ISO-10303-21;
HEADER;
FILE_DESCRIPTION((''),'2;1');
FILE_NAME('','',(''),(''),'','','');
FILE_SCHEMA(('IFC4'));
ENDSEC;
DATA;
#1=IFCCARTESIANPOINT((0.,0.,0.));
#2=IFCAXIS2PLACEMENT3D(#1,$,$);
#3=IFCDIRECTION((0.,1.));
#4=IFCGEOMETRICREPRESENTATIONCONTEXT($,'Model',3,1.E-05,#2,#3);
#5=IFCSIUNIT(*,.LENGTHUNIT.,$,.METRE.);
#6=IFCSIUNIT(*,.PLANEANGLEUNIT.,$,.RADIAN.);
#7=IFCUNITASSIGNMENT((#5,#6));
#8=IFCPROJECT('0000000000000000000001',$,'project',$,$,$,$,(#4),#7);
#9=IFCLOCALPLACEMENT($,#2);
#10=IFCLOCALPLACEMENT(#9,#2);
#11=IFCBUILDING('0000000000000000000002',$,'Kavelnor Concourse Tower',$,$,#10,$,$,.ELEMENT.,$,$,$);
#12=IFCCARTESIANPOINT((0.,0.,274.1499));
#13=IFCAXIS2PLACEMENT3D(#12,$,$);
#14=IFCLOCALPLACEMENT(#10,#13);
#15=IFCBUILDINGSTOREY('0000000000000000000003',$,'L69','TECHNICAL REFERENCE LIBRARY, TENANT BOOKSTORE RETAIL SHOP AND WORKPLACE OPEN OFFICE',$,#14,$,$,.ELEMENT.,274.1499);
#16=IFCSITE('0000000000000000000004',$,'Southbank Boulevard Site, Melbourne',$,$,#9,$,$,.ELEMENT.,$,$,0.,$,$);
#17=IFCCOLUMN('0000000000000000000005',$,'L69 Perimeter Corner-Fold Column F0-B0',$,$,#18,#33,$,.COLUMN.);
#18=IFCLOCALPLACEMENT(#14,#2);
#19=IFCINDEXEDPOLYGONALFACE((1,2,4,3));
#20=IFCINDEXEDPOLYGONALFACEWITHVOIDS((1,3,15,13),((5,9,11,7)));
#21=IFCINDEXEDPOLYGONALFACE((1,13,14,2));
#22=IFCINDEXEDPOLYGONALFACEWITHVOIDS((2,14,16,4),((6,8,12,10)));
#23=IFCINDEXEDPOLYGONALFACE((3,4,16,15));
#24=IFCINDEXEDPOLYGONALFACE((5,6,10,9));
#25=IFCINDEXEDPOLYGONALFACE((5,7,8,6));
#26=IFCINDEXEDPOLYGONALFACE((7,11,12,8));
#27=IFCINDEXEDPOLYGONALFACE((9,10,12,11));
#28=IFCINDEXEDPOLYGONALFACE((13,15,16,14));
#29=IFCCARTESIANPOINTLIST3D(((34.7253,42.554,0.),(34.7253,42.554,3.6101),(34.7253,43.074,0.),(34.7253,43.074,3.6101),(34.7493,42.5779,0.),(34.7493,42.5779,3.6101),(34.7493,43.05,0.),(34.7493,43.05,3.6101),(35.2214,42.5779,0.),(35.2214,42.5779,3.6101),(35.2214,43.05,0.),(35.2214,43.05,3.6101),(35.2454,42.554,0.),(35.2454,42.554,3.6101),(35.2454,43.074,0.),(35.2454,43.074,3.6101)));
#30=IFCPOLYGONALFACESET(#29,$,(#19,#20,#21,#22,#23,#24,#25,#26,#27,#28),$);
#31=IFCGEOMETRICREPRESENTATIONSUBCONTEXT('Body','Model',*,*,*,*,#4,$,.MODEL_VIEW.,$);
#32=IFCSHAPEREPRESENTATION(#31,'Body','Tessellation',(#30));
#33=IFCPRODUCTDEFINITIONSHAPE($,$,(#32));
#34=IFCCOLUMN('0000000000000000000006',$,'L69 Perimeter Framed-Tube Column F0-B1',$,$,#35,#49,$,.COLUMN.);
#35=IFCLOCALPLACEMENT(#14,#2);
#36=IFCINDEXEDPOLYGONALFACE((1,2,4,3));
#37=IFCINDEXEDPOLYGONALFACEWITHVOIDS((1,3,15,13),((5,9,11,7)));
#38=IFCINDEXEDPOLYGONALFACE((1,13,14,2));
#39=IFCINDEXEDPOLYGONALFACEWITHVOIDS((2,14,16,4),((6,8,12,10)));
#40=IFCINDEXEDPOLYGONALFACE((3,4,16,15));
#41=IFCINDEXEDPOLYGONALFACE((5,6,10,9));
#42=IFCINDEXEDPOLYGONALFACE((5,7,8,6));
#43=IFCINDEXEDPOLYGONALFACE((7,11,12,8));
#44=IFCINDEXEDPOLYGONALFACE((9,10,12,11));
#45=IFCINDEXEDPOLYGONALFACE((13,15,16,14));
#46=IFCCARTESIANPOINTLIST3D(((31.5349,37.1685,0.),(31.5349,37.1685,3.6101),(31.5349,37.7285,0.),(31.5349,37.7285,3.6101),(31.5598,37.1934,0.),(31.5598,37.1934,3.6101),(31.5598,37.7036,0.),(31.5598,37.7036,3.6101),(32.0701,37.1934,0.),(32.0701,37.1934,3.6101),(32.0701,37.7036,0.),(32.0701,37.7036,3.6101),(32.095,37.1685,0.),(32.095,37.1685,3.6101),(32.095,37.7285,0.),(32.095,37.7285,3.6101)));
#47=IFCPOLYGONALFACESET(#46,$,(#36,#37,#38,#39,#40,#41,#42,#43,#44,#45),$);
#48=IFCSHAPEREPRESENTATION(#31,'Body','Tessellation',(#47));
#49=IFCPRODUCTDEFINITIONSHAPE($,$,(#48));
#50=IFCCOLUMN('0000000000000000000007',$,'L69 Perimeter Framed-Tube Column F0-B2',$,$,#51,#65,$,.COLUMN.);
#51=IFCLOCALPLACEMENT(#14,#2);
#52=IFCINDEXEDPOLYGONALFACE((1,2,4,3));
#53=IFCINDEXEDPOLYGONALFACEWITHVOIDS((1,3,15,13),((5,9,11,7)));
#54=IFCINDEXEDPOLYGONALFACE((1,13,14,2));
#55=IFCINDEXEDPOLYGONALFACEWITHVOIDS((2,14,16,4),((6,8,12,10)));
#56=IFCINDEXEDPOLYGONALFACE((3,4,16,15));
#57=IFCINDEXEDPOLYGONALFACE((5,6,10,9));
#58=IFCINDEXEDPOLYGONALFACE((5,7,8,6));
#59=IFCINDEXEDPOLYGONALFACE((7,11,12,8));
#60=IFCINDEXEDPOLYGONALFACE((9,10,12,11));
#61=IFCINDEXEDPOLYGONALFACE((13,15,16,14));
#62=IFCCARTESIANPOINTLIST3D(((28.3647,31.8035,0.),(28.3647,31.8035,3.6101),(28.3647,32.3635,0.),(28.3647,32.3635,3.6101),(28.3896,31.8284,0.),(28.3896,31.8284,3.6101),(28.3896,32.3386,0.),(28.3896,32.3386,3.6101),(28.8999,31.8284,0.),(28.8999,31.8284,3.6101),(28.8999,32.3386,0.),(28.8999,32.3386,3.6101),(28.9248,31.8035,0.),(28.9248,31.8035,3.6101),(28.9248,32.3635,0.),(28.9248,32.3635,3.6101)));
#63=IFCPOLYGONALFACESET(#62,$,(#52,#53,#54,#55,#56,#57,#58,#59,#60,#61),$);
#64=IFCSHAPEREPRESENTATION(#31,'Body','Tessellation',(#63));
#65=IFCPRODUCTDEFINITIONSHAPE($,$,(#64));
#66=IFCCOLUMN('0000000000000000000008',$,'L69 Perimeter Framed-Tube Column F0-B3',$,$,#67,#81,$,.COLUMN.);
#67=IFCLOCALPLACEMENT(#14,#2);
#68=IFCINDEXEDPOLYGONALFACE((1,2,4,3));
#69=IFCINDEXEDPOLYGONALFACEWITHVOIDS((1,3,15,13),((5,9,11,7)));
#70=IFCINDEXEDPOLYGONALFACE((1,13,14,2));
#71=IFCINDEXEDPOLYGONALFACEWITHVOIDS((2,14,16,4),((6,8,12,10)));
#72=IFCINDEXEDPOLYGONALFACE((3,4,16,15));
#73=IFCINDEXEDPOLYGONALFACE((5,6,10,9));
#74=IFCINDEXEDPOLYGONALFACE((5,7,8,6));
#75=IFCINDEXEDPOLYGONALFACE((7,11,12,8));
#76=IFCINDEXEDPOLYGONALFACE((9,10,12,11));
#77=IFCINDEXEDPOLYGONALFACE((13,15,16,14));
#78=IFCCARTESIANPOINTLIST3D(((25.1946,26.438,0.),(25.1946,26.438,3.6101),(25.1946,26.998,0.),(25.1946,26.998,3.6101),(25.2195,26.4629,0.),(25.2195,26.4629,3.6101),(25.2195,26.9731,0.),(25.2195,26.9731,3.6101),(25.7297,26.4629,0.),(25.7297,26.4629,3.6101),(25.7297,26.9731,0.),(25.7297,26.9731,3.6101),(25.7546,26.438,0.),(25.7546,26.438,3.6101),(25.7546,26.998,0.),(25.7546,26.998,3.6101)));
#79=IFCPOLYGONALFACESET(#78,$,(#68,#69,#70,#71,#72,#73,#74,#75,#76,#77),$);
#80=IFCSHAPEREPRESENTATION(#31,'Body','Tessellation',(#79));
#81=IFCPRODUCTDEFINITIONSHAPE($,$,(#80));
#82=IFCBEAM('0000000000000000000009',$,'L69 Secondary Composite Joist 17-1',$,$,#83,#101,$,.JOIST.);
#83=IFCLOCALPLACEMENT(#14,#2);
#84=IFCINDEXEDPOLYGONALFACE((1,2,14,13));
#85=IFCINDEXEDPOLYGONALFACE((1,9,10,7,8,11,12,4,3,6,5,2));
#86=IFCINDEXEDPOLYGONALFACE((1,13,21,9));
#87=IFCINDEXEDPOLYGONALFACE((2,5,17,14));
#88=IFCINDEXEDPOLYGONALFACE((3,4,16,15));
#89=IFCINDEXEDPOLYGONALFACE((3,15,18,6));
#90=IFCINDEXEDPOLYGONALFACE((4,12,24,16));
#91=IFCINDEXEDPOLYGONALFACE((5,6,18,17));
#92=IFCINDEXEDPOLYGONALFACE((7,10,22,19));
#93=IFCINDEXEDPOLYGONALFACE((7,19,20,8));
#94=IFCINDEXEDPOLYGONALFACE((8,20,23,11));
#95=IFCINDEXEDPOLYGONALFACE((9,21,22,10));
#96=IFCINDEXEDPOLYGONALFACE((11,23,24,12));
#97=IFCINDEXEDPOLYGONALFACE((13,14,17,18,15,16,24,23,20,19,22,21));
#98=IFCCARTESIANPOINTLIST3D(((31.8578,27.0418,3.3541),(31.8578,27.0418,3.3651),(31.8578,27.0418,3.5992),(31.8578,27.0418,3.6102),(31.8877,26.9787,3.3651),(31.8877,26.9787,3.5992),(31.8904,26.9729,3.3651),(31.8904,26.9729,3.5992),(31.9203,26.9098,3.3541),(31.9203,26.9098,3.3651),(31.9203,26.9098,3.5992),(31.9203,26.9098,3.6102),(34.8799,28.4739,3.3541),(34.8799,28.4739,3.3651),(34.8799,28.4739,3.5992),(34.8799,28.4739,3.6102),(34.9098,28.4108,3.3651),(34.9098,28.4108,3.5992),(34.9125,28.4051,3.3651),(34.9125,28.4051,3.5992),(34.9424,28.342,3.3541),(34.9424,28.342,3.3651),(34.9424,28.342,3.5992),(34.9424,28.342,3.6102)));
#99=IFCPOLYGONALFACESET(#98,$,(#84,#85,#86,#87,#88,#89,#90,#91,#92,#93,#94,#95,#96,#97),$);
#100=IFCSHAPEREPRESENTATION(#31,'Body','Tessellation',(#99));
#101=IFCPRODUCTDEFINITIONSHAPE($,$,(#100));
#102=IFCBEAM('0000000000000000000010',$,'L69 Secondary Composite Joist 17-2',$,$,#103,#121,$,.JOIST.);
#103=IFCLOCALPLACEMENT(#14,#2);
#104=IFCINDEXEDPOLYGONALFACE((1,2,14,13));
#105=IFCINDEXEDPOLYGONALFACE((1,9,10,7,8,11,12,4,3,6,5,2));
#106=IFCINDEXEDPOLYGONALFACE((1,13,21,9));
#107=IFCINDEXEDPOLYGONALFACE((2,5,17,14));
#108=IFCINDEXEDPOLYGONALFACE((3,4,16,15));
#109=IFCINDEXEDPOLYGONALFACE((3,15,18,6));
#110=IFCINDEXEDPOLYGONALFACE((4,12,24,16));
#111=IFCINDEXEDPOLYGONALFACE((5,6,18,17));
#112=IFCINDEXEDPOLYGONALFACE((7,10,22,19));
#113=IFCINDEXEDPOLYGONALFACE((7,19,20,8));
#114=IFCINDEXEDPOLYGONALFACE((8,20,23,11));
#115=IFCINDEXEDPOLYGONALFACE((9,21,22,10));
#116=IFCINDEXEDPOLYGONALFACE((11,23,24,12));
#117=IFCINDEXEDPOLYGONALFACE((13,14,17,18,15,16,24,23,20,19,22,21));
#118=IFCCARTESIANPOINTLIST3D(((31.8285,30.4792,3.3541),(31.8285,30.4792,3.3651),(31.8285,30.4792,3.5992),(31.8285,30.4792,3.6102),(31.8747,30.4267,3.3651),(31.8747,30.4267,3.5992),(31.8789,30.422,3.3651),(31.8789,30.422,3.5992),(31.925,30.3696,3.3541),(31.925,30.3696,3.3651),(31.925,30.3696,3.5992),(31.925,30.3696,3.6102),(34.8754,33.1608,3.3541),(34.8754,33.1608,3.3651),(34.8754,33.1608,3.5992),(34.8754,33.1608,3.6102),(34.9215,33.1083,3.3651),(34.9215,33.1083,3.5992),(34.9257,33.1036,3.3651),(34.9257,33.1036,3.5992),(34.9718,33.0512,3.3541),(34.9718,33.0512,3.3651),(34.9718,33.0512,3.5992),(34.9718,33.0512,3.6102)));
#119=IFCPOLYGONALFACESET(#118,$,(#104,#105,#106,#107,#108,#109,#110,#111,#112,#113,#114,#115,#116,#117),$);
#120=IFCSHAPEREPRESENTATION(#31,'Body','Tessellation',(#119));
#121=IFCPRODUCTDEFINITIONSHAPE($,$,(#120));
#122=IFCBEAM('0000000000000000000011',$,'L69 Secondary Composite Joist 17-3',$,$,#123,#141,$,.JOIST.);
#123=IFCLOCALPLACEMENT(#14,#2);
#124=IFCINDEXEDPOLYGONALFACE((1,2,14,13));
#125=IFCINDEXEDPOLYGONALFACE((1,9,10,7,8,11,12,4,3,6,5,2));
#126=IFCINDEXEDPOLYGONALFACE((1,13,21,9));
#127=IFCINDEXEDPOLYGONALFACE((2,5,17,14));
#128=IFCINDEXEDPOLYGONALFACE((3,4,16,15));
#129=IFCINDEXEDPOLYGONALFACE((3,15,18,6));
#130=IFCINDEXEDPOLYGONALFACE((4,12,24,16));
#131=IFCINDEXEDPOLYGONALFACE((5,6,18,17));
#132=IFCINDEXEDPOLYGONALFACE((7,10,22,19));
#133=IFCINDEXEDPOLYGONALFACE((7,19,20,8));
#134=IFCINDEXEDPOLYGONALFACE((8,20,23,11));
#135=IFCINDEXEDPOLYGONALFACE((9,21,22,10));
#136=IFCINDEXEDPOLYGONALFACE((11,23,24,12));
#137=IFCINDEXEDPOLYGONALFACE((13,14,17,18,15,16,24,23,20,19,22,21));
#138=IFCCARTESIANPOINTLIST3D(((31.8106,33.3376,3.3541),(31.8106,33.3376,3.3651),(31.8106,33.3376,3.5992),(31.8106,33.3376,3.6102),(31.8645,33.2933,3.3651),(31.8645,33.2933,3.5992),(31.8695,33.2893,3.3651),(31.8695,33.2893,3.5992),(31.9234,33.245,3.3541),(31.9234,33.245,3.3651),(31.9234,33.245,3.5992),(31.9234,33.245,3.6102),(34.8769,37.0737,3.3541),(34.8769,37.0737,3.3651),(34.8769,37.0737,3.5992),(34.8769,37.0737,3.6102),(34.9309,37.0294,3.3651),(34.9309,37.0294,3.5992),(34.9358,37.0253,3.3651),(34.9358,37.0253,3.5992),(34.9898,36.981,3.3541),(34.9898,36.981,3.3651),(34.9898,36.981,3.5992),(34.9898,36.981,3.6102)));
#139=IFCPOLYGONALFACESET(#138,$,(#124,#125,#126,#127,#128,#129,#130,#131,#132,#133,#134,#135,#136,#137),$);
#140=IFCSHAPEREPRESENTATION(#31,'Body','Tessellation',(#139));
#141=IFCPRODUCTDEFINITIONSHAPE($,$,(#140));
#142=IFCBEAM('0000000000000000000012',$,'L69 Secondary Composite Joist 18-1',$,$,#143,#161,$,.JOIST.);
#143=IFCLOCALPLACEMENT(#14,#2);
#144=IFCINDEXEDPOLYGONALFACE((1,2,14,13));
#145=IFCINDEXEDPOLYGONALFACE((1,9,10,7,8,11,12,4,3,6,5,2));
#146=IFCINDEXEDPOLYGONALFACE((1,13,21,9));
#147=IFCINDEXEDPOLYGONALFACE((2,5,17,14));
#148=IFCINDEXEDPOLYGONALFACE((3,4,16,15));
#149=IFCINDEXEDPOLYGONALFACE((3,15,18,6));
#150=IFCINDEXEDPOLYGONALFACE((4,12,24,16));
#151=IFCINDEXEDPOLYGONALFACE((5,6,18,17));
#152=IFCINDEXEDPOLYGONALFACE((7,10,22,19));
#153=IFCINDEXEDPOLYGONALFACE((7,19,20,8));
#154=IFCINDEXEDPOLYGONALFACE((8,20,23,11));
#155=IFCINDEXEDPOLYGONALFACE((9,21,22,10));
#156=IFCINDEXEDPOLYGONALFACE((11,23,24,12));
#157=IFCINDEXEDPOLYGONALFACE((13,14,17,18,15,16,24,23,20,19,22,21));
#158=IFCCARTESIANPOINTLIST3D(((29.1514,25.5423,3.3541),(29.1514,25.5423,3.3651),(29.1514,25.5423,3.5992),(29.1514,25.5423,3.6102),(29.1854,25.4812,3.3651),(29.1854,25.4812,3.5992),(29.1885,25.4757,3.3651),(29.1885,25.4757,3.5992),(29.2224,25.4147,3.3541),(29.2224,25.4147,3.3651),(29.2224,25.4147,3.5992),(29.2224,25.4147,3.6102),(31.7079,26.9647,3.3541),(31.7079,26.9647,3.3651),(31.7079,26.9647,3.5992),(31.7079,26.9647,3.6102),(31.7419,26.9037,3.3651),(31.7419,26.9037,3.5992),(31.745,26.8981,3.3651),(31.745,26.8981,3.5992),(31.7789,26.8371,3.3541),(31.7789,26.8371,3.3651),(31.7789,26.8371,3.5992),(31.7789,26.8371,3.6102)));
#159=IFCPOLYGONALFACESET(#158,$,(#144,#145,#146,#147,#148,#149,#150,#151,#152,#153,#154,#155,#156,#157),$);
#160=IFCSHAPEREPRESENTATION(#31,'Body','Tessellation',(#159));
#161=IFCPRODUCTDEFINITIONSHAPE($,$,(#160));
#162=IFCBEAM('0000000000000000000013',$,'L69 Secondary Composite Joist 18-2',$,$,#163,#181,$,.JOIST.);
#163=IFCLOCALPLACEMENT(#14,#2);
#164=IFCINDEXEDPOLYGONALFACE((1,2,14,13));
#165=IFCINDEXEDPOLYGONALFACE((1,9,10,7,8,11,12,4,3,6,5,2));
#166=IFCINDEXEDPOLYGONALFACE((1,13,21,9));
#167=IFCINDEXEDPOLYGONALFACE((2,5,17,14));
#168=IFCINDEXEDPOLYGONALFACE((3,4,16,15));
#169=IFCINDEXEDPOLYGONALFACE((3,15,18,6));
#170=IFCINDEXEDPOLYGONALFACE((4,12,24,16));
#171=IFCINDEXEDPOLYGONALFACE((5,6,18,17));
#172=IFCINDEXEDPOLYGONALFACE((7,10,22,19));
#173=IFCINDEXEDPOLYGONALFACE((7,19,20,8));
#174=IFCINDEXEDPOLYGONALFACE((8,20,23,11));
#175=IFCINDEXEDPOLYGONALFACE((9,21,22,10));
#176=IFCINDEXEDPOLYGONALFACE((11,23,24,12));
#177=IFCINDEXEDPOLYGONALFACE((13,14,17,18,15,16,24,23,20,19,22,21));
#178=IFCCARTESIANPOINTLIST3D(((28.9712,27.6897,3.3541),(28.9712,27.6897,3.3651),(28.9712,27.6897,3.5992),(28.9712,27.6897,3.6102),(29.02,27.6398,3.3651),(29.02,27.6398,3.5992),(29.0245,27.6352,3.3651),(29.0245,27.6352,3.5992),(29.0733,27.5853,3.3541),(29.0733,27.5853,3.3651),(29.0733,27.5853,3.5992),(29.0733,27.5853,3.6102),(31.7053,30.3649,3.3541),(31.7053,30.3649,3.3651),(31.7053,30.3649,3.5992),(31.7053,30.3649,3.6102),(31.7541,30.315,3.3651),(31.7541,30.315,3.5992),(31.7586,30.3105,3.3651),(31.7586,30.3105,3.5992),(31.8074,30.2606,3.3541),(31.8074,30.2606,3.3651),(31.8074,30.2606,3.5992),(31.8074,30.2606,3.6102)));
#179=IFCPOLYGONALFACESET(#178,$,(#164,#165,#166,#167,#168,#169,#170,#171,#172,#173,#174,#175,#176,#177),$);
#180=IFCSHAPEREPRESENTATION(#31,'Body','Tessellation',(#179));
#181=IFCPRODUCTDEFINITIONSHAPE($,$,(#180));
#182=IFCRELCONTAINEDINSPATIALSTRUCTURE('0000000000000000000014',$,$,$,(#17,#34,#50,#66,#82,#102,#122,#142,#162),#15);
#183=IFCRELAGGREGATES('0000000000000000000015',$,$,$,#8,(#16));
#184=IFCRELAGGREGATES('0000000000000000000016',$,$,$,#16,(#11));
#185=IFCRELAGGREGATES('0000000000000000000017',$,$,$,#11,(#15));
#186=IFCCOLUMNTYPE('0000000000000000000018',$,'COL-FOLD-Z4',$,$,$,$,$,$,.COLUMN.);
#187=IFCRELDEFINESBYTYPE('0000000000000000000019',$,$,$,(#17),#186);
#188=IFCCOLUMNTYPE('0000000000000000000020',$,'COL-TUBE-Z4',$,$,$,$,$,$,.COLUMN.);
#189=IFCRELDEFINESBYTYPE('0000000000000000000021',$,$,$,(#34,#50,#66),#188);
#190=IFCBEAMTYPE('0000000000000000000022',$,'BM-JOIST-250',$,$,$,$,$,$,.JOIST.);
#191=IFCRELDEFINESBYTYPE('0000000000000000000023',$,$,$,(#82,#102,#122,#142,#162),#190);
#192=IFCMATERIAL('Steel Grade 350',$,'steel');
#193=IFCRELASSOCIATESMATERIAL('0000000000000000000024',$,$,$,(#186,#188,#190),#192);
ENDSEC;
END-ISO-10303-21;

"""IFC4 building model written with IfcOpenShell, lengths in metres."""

from ifc_helpers import new_model, si_unit, direction, frame, origin, origin_2d, place, context, subcontext, project, spatial, hollow_rectangle, i_section, extrude, material, material_profile, profile_set, type_object, element, save


model = new_model("IFC4")

# Units and contexts
model_context = context("Model", 3, precision=1e-05, world=origin(), true_north=direction((0.0, 1.0)))
body_context = subcontext(model_context, "Body", "Model", "MODEL_VIEW")
ifc_project = project(units=[si_unit("LENGTHUNIT", "METRE"), si_unit("PLANEANGLEUNIT", "RADIAN")], contexts=[model_context])

# Site, building, storey
site_placement = place(None, origin())
site = spatial("IfcSite", under=ifc_project, at=site_placement, Name="Southbank Boulevard Site, Melbourne", CompositionType="ELEMENT", RefElevation=0.0)
building_placement = place(site_placement, origin())
building = spatial("IfcBuilding", under=site, at=building_placement, Name="Kavelnor Concourse Tower", CompositionType="ELEMENT")
storey_placement = place(building_placement, frame((0.0, 0.0, 274.1499)))
storey = spatial("IfcBuildingStorey", under=building, at=storey_placement, Name="L69", Description="TECHNICAL REFERENCE LIBRARY, TENANT BOOKSTORE RETAIL SHOP AND WORKPLACE OPEN OFFICE", CompositionType="ELEMENT", Elevation=274.1499)

# Columns
ifc_material_1 = material(Name="Steel Grade 350", Category="steel")
ifc_material_profile_1 = material_profile(ifc_material_1, hollow_rectangle(XDim=0.52, YDim=0.52, WallThickness=0.0239, at=origin_2d()), Name="SHS 520x520x24")
ifc_profile_set_1 = profile_set([ifc_material_profile_1], Name="Steel Grade 350")
column_type_1 = type_object("IfcColumnType", Name="COL-FOLD-Z4", PredefinedType="COLUMN", material=ifc_profile_set_1)
column_placement = place(storey_placement, frame((34.9854, 42.814, 0.0), z_axis=(0.0, 0.0, 1.0), x_axis=(1.0, 0.0, 0.0)))
element("IfcColumn", 1, at=column_placement, inside=storey, type_object=column_type_1, Name="L69 Perimeter Corner-Fold Column F0-B0", PredefinedType="COLUMN", context=body_context, shape_type="SweptSolid", body=[
    extrude(hollow_rectangle(XDim=0.52, YDim=0.52, WallThickness=0.0239, at=origin_2d()), origin(), (0.0, 0.0, 1.0), 3.6101),
])
ifc_material_profile_2 = material_profile(ifc_material_1, hollow_rectangle(XDim=0.5601, YDim=0.5601, WallThickness=0.0249, at=origin_2d()), Name="SHS 560x560x25")
ifc_profile_set_2 = profile_set([ifc_material_profile_2], Name="Steel Grade 350")
column_type_2 = type_object("IfcColumnType", Name="COL-TUBE-Z4", PredefinedType="COLUMN", material=ifc_profile_set_2)
for number, where, z_axis, x_axis, name in (
    (2, (31.8149, 37.4485, 0.0), (0.0, 0.0, 1.0), (1.0, 0.0, 0.0), "L69 Perimeter Framed-Tube Column F0-B1"),
    (3, (28.6448, 32.0835, 0.0), (0.0, 0.0, 1.0), (1.0, 0.0, 0.0), "L69 Perimeter Framed-Tube Column F0-B2"),
    (4, (25.4746, 26.718, 0.0), (0.0, 0.0, 1.0), (1.0, 0.0, 0.0), "L69 Perimeter Framed-Tube Column F0-B3"),
):
    element("IfcColumn", number, at=place(storey_placement, frame(where, z_axis=z_axis, x_axis=x_axis)), inside=storey, type_object=column_type_2, Name=name, PredefinedType="COLUMN", context=body_context, shape_type="SweptSolid", body=[
        extrude(hollow_rectangle(XDim=0.5601, YDim=0.5601, WallThickness=0.0249, at=origin_2d()), origin(), (0.0, 0.0, 1.0), 3.6101),
    ])

# Beams
ifc_material_profile_3 = material_profile(ifc_material_1, i_section(OverallWidth=0.146, OverallDepth=0.2561, WebThickness=0.0063, FlangeThickness=0.011, at=origin_2d()), Name="250UB37")
ifc_profile_set_3 = profile_set([ifc_material_profile_3], Name="Steel Grade 350")
beam_type_1 = type_object("IfcBeamType", Name="BM-JOIST-250", PredefinedType="JOIST", material=ifc_profile_set_3)
beam_1_placement = place(storey_placement, frame((34.9111, 28.408, 3.4822), z_axis=(-0.903661, -0.42825, 0.0), x_axis=(0.42825, -0.903661, 0.0)))
element("IfcBeam", 5, at=beam_1_placement, inside=storey, type_object=beam_type_1, Name="L69 Secondary Composite Joist 17-1", PredefinedType="JOIST", context=body_context, shape_type="SweptSolid", body=[
    extrude(i_section(OverallWidth=0.146, OverallDepth=0.2561, WebThickness=0.0063, FlangeThickness=0.011, at=origin_2d()), origin(), (0.0, 0.0, 1.0), 3.3442),
])
beam_2_placement = place(storey_placement, frame((34.9236, 33.106, 3.4822), z_axis=(-0.750666, -0.660682, 0.0), x_axis=(0.660682, -0.750666, 0.0)))
element("IfcBeam", 6, at=beam_2_placement, inside=storey, type_object=beam_type_1, Name="L69 Secondary Composite Joist 17-2", PredefinedType="JOIST", context=body_context, shape_type="SweptSolid", body=[
    extrude(i_section(OverallWidth=0.146, OverallDepth=0.2561, WebThickness=0.0063, FlangeThickness=0.011, at=origin_2d()), origin(), (0.0, 0.0, 1.0), 4.0588),
])
beam_3_placement = place(storey_placement, frame((34.9333, 37.0273, 3.4822), z_axis=(-0.634428, -0.772982, 0.0), x_axis=(0.772982, -0.634428, 0.0)))
element("IfcBeam", 7, at=beam_3_placement, inside=storey, type_object=beam_type_1, Name="L69 Secondary Composite Joist 17-3", PredefinedType="JOIST", context=body_context, shape_type="SweptSolid", body=[
    extrude(i_section(OverallWidth=0.146, OverallDepth=0.2561, WebThickness=0.0063, FlangeThickness=0.011, at=origin_2d()), origin(), (0.0, 0.0, 1.0), 4.8333),
])
beam_4_placement = place(storey_placement, frame((31.7434, 26.9009, 3.4822), z_axis=(-0.873846, -0.486203, 0.0), x_axis=(0.486203, -0.873846, 0.0)))
element("IfcBeam", 8, at=beam_4_placement, inside=storey, type_object=beam_type_1, Name="L69 Secondary Composite Joist 18-1", PredefinedType="JOIST", context=body_context, shape_type="SweptSolid", body=[
    extrude(i_section(OverallWidth=0.146, OverallDepth=0.2561, WebThickness=0.0063, FlangeThickness=0.011, at=origin_2d()), origin(), (0.0, 0.0, 1.0), 2.9255),
])
beam_5_placement = place(storey_placement, frame((31.7563, 30.3127, 3.4822), z_axis=(-0.714756, -0.699374, 0.0), x_axis=(0.699374, -0.714756, 0.0)))
element("IfcBeam", 9, at=beam_5_placement, inside=storey, type_object=beam_type_1, Name="L69 Secondary Composite Joist 18-2", PredefinedType="JOIST", context=body_context, shape_type="SweptSolid", body=[
    extrude(i_section(OverallWidth=0.146, OverallDepth=0.2561, WebThickness=0.0063, FlangeThickness=0.011, at=origin_2d()), origin(), (0.0, 0.0, 1.0), 3.8252),
])

save(model, "model.ifc")
